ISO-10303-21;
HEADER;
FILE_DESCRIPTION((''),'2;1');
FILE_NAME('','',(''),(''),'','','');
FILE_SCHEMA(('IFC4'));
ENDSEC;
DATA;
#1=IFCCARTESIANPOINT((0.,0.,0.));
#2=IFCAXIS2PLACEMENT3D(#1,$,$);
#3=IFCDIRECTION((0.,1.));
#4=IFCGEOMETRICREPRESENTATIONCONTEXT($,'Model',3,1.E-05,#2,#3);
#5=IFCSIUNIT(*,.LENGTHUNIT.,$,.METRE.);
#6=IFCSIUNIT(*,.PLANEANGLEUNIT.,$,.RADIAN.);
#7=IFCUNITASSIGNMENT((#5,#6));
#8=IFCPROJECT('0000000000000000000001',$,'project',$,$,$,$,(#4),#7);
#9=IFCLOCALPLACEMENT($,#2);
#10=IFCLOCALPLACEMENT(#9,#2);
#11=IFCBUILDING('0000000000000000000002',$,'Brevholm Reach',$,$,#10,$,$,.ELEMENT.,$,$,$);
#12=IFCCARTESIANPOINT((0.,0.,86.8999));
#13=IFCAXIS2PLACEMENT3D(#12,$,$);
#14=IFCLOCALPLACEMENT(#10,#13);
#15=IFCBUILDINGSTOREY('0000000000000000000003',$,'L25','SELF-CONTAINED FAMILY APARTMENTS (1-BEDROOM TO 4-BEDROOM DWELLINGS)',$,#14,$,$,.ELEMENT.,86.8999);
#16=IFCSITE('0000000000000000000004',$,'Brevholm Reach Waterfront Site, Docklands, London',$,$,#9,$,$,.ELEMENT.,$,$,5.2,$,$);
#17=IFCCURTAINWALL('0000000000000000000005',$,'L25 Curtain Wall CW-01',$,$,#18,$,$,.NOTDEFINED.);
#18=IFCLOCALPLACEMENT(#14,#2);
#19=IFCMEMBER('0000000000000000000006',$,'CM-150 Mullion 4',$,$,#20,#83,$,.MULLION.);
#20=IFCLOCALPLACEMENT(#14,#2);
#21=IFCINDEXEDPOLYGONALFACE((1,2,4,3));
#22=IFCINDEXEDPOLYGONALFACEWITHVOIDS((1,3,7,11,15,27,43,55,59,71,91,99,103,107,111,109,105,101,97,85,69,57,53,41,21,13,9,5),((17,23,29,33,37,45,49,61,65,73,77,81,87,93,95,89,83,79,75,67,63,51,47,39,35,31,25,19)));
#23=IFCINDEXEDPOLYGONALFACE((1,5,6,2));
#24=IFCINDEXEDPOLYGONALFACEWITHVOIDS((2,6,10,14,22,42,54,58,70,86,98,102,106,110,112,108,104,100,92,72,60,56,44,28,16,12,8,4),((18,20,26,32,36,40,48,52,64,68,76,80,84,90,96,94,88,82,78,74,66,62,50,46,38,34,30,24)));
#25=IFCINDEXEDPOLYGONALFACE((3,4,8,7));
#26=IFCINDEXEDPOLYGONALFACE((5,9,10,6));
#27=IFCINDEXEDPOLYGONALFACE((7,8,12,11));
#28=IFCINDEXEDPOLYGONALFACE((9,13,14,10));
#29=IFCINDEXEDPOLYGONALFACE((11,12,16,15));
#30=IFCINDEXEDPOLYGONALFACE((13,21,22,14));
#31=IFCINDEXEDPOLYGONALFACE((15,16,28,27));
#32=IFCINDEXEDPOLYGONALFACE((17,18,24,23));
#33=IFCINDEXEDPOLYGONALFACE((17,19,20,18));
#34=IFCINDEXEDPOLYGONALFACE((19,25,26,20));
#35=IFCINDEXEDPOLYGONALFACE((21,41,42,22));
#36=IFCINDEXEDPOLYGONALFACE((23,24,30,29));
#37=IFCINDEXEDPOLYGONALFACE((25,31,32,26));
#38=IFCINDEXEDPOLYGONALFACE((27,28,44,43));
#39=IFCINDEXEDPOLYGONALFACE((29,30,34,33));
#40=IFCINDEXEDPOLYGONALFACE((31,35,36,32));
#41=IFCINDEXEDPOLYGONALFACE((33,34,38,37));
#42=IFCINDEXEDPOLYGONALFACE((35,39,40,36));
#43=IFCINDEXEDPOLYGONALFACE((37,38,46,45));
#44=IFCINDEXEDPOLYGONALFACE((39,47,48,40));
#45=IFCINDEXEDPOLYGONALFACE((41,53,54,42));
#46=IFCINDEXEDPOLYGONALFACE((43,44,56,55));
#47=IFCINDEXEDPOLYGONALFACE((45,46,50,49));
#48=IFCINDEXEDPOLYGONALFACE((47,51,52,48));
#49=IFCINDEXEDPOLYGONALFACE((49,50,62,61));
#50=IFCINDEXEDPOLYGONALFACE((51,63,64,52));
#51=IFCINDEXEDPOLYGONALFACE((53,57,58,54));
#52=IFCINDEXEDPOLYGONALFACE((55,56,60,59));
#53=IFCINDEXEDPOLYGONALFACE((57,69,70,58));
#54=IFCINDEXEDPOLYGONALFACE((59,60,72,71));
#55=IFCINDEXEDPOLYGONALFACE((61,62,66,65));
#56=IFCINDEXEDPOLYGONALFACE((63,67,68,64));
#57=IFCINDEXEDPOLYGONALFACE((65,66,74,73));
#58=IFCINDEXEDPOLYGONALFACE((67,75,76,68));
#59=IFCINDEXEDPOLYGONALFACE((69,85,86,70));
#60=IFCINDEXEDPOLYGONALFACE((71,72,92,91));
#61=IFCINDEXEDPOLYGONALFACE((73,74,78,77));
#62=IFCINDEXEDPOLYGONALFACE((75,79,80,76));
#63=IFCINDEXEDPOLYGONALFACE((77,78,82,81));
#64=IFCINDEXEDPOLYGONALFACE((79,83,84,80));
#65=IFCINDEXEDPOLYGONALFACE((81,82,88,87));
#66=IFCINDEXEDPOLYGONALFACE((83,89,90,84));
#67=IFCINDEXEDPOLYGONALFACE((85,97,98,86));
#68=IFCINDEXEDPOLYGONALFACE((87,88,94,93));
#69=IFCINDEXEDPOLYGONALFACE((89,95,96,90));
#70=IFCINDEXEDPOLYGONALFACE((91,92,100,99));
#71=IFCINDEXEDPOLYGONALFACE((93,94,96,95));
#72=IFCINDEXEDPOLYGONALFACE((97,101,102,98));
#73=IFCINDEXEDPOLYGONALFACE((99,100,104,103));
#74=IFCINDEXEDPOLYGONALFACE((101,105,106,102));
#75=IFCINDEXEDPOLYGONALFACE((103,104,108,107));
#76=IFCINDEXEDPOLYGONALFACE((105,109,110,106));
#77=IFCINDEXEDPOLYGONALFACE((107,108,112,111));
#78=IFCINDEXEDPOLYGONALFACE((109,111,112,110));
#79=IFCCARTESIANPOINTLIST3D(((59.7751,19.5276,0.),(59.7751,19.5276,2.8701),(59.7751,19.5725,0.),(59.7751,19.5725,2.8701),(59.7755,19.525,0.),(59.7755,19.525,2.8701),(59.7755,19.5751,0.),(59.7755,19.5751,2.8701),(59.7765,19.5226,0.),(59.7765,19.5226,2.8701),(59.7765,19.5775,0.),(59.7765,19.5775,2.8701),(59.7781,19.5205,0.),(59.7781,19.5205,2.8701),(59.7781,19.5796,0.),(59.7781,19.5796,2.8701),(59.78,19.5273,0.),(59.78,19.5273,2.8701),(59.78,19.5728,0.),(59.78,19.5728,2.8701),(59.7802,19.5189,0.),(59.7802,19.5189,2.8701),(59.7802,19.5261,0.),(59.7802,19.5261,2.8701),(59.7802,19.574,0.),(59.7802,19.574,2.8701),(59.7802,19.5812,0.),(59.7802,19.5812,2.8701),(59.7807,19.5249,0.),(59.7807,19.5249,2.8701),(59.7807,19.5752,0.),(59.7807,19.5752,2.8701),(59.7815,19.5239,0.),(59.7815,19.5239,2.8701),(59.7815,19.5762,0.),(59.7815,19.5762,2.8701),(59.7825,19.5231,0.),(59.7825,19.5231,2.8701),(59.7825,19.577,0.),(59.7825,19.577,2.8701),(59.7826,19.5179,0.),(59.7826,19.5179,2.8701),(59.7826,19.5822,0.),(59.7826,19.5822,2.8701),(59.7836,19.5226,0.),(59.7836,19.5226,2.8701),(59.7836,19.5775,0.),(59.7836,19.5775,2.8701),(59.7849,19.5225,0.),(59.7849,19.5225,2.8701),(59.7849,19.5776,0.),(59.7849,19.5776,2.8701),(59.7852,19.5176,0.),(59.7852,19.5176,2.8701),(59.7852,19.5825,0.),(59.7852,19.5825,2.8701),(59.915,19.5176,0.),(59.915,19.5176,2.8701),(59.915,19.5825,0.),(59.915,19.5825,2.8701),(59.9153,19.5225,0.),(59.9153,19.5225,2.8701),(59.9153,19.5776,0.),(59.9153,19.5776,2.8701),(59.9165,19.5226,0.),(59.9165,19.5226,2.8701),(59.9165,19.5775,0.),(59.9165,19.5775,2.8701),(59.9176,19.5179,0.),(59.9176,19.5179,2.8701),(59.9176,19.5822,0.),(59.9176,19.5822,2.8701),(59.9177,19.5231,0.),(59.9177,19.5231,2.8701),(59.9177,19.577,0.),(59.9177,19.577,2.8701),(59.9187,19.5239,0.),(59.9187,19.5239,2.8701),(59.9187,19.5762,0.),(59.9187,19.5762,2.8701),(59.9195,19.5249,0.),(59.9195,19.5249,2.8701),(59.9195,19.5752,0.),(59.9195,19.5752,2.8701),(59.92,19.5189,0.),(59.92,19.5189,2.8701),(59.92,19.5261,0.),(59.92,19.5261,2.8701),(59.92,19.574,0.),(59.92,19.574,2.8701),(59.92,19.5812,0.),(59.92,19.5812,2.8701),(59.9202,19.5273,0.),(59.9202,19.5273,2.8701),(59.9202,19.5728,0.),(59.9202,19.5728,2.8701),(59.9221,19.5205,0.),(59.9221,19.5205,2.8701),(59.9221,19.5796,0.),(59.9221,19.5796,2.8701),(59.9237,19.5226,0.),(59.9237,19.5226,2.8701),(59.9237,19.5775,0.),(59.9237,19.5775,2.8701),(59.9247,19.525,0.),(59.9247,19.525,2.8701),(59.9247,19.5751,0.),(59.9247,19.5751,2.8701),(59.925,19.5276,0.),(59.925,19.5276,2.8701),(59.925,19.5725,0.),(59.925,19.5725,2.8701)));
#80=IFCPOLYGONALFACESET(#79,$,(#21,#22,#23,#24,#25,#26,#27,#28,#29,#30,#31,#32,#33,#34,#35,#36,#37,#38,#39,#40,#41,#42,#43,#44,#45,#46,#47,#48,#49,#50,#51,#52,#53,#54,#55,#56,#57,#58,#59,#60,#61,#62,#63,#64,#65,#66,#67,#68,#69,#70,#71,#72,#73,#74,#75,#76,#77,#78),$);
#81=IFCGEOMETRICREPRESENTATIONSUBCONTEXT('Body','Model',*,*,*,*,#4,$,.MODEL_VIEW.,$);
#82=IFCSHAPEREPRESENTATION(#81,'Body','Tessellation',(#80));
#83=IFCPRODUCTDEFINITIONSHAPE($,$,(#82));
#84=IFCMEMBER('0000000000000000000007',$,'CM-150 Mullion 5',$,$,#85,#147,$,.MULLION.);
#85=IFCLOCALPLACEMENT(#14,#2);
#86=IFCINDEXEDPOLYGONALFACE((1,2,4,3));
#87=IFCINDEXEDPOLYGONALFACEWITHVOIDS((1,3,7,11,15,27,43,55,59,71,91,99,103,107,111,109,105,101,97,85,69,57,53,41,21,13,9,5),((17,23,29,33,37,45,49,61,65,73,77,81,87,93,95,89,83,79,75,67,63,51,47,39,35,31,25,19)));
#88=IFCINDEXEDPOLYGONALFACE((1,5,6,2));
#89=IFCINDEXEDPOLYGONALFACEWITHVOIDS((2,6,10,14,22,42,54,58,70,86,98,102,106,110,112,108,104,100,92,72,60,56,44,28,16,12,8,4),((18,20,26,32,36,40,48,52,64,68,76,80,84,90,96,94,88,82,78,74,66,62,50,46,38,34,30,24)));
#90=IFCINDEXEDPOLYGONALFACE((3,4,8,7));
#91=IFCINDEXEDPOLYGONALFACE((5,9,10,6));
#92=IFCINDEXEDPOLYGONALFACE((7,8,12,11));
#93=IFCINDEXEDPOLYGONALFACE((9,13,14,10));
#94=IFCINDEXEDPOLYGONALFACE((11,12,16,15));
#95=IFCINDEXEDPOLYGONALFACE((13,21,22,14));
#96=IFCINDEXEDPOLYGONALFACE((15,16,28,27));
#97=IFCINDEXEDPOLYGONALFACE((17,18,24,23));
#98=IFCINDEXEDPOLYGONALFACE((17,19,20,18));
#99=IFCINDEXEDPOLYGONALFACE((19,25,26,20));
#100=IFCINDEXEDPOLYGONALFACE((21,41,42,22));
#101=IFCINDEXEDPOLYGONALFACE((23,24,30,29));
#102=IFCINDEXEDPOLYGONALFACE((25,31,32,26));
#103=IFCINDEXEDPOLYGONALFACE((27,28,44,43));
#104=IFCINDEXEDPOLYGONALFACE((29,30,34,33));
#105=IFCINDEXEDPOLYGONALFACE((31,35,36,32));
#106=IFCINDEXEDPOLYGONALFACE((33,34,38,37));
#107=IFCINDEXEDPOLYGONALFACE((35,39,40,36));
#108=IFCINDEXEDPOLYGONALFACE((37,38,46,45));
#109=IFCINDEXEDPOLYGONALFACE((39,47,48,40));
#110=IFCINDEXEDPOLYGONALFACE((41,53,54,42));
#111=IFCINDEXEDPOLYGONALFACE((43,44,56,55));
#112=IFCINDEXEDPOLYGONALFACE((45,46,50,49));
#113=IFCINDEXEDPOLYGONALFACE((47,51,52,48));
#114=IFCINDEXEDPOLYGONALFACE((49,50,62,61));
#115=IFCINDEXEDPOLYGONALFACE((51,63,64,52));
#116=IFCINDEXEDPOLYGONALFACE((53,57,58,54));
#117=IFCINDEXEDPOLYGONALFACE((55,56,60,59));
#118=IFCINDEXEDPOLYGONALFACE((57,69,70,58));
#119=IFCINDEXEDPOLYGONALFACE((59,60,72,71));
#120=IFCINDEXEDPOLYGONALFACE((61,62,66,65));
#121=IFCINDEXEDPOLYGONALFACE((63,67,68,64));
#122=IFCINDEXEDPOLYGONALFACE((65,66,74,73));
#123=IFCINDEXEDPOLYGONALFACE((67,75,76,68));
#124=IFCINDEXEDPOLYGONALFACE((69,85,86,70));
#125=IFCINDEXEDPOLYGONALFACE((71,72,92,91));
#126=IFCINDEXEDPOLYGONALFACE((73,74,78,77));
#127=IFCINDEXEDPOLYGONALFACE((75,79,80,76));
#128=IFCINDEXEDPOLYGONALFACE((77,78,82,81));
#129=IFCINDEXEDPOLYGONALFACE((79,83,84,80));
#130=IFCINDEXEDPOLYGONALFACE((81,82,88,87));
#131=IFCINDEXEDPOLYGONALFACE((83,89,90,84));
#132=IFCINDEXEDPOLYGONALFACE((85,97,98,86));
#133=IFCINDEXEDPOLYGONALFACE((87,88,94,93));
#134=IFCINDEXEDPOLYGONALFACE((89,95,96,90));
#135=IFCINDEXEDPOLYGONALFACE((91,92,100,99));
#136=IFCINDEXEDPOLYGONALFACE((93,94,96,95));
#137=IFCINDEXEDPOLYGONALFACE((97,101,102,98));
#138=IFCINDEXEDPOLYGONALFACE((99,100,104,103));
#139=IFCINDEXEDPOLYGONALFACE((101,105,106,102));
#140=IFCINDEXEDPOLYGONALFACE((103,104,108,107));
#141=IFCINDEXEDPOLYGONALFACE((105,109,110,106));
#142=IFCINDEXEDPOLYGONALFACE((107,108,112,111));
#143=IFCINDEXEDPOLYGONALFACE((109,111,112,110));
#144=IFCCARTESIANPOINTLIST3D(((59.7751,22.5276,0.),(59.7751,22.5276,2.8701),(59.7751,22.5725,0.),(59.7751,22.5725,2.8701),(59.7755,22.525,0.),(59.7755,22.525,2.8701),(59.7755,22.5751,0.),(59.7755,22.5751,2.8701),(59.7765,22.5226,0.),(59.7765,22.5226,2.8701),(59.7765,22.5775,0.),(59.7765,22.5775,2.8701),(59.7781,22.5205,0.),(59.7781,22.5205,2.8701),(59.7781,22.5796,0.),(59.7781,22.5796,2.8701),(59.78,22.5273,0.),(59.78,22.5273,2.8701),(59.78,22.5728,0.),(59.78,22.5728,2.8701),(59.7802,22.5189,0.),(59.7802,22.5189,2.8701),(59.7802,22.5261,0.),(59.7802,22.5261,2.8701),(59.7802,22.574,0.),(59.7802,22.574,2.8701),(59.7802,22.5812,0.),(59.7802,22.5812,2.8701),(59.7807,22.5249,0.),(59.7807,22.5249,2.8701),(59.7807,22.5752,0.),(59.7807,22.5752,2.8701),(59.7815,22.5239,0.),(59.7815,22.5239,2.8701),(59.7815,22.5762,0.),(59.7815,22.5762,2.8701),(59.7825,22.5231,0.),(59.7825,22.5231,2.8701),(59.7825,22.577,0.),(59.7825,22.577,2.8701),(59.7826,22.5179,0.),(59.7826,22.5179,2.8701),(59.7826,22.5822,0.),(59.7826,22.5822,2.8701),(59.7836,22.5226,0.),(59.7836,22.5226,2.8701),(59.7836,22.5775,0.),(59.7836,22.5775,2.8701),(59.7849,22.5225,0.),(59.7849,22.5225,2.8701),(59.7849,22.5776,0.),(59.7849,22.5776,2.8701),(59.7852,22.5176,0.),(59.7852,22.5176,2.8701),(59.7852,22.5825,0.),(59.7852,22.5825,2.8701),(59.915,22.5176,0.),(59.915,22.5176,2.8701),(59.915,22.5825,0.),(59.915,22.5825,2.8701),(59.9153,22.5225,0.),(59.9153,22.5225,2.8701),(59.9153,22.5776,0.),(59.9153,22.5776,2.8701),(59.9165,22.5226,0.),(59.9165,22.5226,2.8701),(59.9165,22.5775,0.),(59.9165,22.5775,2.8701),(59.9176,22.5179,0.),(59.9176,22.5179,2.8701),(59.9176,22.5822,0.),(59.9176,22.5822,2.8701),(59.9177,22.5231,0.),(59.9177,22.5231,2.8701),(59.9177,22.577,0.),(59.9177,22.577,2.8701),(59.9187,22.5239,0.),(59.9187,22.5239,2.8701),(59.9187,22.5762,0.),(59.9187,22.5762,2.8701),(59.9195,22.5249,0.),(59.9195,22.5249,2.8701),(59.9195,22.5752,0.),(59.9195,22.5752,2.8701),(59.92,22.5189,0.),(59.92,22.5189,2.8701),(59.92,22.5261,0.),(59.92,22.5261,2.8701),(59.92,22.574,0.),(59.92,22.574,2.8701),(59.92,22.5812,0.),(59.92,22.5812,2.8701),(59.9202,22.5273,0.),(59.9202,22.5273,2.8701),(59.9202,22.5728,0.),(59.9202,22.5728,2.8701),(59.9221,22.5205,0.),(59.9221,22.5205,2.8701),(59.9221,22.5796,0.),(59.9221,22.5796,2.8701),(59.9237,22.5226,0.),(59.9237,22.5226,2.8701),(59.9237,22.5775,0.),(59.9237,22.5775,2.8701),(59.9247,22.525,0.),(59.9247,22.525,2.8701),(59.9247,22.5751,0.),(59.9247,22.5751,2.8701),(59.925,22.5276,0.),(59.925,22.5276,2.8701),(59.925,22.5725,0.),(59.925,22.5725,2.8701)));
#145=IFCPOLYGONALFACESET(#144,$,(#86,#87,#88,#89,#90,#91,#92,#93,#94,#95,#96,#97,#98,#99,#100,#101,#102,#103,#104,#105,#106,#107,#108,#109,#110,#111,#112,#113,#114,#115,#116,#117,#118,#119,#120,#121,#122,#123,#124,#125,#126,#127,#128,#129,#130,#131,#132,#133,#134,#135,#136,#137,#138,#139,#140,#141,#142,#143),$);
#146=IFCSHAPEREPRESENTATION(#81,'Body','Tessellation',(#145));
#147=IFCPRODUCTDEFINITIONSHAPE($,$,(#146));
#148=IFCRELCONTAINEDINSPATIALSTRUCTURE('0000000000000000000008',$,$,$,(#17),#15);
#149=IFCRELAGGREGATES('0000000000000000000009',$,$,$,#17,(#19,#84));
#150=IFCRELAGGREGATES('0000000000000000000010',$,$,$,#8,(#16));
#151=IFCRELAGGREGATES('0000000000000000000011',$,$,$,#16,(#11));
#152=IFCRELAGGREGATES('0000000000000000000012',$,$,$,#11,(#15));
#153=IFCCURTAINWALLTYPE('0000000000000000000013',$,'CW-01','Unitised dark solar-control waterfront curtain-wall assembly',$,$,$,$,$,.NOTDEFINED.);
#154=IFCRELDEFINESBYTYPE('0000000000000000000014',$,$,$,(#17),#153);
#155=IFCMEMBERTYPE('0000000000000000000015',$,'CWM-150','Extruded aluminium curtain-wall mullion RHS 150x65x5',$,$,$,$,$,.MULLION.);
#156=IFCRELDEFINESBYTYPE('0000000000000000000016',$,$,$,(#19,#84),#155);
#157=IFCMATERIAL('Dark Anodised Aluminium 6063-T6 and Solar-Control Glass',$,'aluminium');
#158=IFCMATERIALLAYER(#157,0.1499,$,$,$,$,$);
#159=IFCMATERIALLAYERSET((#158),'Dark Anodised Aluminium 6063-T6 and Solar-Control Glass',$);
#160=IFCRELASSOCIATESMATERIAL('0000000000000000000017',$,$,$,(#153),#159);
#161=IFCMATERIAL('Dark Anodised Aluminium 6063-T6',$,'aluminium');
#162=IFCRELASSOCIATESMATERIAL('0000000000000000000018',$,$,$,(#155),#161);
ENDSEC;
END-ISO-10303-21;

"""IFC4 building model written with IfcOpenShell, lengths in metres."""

from ifc_helpers import new_model, si_unit, direction, frame, origin, origin_2d, place, context, subcontext, project, spatial, hollow_rectangle, extrude, material, layer, layer_set, material_profile, profile_set, type_object, element, aggregate, save


model = new_model("IFC4")

# Units and contexts
model_context = context("Model", 3, precision=1e-05, world=origin(), true_north=direction((0.0, 1.0)))
body_context = subcontext(model_context, "Body", "Model", "MODEL_VIEW")
ifc_project = project(units=[si_unit("LENGTHUNIT", "METRE"), si_unit("PLANEANGLEUNIT", "RADIAN")], contexts=[model_context])

# Site, building, storey
site_placement = place(None, origin())
site = spatial("IfcSite", under=ifc_project, at=site_placement, Name="Brevholm Reach Waterfront Site, Docklands, London", CompositionType="ELEMENT", RefElevation=5.2)
building_placement = place(site_placement, origin())
building = spatial("IfcBuilding", under=site, at=building_placement, Name="Brevholm Reach", CompositionType="ELEMENT")
storey_placement = place(building_placement, frame((0.0, 0.0, 86.8999)))
storey = spatial("IfcBuildingStorey", under=building, at=storey_placement, Name="L25", Description="SELF-CONTAINED FAMILY APARTMENTS (1-BEDROOM TO 4-BEDROOM DWELLINGS)", CompositionType="ELEMENT", Elevation=86.8999)

# Curtain wall, members
ifc_material_1 = material(Name="Dark Anodised Aluminium 6063-T6 and Solar-Control Glass", Category="aluminium")
ifc_layer_1 = layer(ifc_material_1, 0.1499)
ifc_layer_set_1 = layer_set([ifc_layer_1], Name="Dark Anodised Aluminium 6063-T6 and Solar-Control Glass")
curtain_wall_type = type_object("IfcCurtainWallType", Name="CW-01", Description="Unitised dark solar-control waterfront curtain-wall assembly", PredefinedType="NOTDEFINED", material=ifc_layer_set_1)
curtain_wall_placement = place(storey_placement, origin())
curtain_wall = element("IfcCurtainWall", 1, at=curtain_wall_placement, inside=storey, type_object=curtain_wall_type, Name="L25 Curtain Wall CW-01", PredefinedType="NOTDEFINED")
ifc_material_2 = material(Name="Dark Anodised Aluminium 6063-T6", Category="aluminium")
ifc_material_profile_1 = material_profile(ifc_material_2, hollow_rectangle(XDim=0.0649, YDim=0.1499, WallThickness=0.0049, InnerFilletRadius=0.0049, OuterFilletRadius=0.01, at=origin_2d()), Name="RHS 150x65x5")
ifc_profile_set_1 = profile_set([ifc_material_profile_1], Name="Dark Anodised Aluminium 6063-T6")
member_type_1 = type_object("IfcMemberType", Name="CWM-150", Description="Extruded aluminium curtain-wall mullion RHS 150x65x5", PredefinedType="MULLION", material=ifc_profile_set_1)
member_1_placement = place(storey_placement, frame((59.8501, 19.55, 0.0), z_axis=(0.0, 0.0, 1.0), x_axis=(0.0, 1.0, 0.0)))
member_1 = element("IfcMember", 2, at=member_1_placement, type_object=member_type_1, Name="CM-150 Mullion 4", PredefinedType="MULLION", context=body_context, shape_type="SweptSolid", body=[
    extrude(hollow_rectangle(XDim=0.0649, YDim=0.1499, WallThickness=0.0049, InnerFilletRadius=0.0049, OuterFilletRadius=0.01, at=origin_2d()), origin(), (0.0, 0.0, 1.0), 2.8701),
])
member_2_placement = place(storey_placement, frame((59.8501, 22.55, 0.0), z_axis=(0.0, 0.0, 1.0), x_axis=(0.0, 1.0, 0.0)))
member_2 = element("IfcMember", 3, at=member_2_placement, type_object=member_type_1, Name="CM-150 Mullion 5", PredefinedType="MULLION", context=body_context, shape_type="SweptSolid", body=[
    extrude(hollow_rectangle(XDim=0.0649, YDim=0.1499, WallThickness=0.0049, InnerFilletRadius=0.0049, OuterFilletRadius=0.01, at=origin_2d()), origin(), (0.0, 0.0, 1.0), 2.8701),
])
aggregate(curtain_wall, [member_1, member_2])

save(model, "model.ifc")
